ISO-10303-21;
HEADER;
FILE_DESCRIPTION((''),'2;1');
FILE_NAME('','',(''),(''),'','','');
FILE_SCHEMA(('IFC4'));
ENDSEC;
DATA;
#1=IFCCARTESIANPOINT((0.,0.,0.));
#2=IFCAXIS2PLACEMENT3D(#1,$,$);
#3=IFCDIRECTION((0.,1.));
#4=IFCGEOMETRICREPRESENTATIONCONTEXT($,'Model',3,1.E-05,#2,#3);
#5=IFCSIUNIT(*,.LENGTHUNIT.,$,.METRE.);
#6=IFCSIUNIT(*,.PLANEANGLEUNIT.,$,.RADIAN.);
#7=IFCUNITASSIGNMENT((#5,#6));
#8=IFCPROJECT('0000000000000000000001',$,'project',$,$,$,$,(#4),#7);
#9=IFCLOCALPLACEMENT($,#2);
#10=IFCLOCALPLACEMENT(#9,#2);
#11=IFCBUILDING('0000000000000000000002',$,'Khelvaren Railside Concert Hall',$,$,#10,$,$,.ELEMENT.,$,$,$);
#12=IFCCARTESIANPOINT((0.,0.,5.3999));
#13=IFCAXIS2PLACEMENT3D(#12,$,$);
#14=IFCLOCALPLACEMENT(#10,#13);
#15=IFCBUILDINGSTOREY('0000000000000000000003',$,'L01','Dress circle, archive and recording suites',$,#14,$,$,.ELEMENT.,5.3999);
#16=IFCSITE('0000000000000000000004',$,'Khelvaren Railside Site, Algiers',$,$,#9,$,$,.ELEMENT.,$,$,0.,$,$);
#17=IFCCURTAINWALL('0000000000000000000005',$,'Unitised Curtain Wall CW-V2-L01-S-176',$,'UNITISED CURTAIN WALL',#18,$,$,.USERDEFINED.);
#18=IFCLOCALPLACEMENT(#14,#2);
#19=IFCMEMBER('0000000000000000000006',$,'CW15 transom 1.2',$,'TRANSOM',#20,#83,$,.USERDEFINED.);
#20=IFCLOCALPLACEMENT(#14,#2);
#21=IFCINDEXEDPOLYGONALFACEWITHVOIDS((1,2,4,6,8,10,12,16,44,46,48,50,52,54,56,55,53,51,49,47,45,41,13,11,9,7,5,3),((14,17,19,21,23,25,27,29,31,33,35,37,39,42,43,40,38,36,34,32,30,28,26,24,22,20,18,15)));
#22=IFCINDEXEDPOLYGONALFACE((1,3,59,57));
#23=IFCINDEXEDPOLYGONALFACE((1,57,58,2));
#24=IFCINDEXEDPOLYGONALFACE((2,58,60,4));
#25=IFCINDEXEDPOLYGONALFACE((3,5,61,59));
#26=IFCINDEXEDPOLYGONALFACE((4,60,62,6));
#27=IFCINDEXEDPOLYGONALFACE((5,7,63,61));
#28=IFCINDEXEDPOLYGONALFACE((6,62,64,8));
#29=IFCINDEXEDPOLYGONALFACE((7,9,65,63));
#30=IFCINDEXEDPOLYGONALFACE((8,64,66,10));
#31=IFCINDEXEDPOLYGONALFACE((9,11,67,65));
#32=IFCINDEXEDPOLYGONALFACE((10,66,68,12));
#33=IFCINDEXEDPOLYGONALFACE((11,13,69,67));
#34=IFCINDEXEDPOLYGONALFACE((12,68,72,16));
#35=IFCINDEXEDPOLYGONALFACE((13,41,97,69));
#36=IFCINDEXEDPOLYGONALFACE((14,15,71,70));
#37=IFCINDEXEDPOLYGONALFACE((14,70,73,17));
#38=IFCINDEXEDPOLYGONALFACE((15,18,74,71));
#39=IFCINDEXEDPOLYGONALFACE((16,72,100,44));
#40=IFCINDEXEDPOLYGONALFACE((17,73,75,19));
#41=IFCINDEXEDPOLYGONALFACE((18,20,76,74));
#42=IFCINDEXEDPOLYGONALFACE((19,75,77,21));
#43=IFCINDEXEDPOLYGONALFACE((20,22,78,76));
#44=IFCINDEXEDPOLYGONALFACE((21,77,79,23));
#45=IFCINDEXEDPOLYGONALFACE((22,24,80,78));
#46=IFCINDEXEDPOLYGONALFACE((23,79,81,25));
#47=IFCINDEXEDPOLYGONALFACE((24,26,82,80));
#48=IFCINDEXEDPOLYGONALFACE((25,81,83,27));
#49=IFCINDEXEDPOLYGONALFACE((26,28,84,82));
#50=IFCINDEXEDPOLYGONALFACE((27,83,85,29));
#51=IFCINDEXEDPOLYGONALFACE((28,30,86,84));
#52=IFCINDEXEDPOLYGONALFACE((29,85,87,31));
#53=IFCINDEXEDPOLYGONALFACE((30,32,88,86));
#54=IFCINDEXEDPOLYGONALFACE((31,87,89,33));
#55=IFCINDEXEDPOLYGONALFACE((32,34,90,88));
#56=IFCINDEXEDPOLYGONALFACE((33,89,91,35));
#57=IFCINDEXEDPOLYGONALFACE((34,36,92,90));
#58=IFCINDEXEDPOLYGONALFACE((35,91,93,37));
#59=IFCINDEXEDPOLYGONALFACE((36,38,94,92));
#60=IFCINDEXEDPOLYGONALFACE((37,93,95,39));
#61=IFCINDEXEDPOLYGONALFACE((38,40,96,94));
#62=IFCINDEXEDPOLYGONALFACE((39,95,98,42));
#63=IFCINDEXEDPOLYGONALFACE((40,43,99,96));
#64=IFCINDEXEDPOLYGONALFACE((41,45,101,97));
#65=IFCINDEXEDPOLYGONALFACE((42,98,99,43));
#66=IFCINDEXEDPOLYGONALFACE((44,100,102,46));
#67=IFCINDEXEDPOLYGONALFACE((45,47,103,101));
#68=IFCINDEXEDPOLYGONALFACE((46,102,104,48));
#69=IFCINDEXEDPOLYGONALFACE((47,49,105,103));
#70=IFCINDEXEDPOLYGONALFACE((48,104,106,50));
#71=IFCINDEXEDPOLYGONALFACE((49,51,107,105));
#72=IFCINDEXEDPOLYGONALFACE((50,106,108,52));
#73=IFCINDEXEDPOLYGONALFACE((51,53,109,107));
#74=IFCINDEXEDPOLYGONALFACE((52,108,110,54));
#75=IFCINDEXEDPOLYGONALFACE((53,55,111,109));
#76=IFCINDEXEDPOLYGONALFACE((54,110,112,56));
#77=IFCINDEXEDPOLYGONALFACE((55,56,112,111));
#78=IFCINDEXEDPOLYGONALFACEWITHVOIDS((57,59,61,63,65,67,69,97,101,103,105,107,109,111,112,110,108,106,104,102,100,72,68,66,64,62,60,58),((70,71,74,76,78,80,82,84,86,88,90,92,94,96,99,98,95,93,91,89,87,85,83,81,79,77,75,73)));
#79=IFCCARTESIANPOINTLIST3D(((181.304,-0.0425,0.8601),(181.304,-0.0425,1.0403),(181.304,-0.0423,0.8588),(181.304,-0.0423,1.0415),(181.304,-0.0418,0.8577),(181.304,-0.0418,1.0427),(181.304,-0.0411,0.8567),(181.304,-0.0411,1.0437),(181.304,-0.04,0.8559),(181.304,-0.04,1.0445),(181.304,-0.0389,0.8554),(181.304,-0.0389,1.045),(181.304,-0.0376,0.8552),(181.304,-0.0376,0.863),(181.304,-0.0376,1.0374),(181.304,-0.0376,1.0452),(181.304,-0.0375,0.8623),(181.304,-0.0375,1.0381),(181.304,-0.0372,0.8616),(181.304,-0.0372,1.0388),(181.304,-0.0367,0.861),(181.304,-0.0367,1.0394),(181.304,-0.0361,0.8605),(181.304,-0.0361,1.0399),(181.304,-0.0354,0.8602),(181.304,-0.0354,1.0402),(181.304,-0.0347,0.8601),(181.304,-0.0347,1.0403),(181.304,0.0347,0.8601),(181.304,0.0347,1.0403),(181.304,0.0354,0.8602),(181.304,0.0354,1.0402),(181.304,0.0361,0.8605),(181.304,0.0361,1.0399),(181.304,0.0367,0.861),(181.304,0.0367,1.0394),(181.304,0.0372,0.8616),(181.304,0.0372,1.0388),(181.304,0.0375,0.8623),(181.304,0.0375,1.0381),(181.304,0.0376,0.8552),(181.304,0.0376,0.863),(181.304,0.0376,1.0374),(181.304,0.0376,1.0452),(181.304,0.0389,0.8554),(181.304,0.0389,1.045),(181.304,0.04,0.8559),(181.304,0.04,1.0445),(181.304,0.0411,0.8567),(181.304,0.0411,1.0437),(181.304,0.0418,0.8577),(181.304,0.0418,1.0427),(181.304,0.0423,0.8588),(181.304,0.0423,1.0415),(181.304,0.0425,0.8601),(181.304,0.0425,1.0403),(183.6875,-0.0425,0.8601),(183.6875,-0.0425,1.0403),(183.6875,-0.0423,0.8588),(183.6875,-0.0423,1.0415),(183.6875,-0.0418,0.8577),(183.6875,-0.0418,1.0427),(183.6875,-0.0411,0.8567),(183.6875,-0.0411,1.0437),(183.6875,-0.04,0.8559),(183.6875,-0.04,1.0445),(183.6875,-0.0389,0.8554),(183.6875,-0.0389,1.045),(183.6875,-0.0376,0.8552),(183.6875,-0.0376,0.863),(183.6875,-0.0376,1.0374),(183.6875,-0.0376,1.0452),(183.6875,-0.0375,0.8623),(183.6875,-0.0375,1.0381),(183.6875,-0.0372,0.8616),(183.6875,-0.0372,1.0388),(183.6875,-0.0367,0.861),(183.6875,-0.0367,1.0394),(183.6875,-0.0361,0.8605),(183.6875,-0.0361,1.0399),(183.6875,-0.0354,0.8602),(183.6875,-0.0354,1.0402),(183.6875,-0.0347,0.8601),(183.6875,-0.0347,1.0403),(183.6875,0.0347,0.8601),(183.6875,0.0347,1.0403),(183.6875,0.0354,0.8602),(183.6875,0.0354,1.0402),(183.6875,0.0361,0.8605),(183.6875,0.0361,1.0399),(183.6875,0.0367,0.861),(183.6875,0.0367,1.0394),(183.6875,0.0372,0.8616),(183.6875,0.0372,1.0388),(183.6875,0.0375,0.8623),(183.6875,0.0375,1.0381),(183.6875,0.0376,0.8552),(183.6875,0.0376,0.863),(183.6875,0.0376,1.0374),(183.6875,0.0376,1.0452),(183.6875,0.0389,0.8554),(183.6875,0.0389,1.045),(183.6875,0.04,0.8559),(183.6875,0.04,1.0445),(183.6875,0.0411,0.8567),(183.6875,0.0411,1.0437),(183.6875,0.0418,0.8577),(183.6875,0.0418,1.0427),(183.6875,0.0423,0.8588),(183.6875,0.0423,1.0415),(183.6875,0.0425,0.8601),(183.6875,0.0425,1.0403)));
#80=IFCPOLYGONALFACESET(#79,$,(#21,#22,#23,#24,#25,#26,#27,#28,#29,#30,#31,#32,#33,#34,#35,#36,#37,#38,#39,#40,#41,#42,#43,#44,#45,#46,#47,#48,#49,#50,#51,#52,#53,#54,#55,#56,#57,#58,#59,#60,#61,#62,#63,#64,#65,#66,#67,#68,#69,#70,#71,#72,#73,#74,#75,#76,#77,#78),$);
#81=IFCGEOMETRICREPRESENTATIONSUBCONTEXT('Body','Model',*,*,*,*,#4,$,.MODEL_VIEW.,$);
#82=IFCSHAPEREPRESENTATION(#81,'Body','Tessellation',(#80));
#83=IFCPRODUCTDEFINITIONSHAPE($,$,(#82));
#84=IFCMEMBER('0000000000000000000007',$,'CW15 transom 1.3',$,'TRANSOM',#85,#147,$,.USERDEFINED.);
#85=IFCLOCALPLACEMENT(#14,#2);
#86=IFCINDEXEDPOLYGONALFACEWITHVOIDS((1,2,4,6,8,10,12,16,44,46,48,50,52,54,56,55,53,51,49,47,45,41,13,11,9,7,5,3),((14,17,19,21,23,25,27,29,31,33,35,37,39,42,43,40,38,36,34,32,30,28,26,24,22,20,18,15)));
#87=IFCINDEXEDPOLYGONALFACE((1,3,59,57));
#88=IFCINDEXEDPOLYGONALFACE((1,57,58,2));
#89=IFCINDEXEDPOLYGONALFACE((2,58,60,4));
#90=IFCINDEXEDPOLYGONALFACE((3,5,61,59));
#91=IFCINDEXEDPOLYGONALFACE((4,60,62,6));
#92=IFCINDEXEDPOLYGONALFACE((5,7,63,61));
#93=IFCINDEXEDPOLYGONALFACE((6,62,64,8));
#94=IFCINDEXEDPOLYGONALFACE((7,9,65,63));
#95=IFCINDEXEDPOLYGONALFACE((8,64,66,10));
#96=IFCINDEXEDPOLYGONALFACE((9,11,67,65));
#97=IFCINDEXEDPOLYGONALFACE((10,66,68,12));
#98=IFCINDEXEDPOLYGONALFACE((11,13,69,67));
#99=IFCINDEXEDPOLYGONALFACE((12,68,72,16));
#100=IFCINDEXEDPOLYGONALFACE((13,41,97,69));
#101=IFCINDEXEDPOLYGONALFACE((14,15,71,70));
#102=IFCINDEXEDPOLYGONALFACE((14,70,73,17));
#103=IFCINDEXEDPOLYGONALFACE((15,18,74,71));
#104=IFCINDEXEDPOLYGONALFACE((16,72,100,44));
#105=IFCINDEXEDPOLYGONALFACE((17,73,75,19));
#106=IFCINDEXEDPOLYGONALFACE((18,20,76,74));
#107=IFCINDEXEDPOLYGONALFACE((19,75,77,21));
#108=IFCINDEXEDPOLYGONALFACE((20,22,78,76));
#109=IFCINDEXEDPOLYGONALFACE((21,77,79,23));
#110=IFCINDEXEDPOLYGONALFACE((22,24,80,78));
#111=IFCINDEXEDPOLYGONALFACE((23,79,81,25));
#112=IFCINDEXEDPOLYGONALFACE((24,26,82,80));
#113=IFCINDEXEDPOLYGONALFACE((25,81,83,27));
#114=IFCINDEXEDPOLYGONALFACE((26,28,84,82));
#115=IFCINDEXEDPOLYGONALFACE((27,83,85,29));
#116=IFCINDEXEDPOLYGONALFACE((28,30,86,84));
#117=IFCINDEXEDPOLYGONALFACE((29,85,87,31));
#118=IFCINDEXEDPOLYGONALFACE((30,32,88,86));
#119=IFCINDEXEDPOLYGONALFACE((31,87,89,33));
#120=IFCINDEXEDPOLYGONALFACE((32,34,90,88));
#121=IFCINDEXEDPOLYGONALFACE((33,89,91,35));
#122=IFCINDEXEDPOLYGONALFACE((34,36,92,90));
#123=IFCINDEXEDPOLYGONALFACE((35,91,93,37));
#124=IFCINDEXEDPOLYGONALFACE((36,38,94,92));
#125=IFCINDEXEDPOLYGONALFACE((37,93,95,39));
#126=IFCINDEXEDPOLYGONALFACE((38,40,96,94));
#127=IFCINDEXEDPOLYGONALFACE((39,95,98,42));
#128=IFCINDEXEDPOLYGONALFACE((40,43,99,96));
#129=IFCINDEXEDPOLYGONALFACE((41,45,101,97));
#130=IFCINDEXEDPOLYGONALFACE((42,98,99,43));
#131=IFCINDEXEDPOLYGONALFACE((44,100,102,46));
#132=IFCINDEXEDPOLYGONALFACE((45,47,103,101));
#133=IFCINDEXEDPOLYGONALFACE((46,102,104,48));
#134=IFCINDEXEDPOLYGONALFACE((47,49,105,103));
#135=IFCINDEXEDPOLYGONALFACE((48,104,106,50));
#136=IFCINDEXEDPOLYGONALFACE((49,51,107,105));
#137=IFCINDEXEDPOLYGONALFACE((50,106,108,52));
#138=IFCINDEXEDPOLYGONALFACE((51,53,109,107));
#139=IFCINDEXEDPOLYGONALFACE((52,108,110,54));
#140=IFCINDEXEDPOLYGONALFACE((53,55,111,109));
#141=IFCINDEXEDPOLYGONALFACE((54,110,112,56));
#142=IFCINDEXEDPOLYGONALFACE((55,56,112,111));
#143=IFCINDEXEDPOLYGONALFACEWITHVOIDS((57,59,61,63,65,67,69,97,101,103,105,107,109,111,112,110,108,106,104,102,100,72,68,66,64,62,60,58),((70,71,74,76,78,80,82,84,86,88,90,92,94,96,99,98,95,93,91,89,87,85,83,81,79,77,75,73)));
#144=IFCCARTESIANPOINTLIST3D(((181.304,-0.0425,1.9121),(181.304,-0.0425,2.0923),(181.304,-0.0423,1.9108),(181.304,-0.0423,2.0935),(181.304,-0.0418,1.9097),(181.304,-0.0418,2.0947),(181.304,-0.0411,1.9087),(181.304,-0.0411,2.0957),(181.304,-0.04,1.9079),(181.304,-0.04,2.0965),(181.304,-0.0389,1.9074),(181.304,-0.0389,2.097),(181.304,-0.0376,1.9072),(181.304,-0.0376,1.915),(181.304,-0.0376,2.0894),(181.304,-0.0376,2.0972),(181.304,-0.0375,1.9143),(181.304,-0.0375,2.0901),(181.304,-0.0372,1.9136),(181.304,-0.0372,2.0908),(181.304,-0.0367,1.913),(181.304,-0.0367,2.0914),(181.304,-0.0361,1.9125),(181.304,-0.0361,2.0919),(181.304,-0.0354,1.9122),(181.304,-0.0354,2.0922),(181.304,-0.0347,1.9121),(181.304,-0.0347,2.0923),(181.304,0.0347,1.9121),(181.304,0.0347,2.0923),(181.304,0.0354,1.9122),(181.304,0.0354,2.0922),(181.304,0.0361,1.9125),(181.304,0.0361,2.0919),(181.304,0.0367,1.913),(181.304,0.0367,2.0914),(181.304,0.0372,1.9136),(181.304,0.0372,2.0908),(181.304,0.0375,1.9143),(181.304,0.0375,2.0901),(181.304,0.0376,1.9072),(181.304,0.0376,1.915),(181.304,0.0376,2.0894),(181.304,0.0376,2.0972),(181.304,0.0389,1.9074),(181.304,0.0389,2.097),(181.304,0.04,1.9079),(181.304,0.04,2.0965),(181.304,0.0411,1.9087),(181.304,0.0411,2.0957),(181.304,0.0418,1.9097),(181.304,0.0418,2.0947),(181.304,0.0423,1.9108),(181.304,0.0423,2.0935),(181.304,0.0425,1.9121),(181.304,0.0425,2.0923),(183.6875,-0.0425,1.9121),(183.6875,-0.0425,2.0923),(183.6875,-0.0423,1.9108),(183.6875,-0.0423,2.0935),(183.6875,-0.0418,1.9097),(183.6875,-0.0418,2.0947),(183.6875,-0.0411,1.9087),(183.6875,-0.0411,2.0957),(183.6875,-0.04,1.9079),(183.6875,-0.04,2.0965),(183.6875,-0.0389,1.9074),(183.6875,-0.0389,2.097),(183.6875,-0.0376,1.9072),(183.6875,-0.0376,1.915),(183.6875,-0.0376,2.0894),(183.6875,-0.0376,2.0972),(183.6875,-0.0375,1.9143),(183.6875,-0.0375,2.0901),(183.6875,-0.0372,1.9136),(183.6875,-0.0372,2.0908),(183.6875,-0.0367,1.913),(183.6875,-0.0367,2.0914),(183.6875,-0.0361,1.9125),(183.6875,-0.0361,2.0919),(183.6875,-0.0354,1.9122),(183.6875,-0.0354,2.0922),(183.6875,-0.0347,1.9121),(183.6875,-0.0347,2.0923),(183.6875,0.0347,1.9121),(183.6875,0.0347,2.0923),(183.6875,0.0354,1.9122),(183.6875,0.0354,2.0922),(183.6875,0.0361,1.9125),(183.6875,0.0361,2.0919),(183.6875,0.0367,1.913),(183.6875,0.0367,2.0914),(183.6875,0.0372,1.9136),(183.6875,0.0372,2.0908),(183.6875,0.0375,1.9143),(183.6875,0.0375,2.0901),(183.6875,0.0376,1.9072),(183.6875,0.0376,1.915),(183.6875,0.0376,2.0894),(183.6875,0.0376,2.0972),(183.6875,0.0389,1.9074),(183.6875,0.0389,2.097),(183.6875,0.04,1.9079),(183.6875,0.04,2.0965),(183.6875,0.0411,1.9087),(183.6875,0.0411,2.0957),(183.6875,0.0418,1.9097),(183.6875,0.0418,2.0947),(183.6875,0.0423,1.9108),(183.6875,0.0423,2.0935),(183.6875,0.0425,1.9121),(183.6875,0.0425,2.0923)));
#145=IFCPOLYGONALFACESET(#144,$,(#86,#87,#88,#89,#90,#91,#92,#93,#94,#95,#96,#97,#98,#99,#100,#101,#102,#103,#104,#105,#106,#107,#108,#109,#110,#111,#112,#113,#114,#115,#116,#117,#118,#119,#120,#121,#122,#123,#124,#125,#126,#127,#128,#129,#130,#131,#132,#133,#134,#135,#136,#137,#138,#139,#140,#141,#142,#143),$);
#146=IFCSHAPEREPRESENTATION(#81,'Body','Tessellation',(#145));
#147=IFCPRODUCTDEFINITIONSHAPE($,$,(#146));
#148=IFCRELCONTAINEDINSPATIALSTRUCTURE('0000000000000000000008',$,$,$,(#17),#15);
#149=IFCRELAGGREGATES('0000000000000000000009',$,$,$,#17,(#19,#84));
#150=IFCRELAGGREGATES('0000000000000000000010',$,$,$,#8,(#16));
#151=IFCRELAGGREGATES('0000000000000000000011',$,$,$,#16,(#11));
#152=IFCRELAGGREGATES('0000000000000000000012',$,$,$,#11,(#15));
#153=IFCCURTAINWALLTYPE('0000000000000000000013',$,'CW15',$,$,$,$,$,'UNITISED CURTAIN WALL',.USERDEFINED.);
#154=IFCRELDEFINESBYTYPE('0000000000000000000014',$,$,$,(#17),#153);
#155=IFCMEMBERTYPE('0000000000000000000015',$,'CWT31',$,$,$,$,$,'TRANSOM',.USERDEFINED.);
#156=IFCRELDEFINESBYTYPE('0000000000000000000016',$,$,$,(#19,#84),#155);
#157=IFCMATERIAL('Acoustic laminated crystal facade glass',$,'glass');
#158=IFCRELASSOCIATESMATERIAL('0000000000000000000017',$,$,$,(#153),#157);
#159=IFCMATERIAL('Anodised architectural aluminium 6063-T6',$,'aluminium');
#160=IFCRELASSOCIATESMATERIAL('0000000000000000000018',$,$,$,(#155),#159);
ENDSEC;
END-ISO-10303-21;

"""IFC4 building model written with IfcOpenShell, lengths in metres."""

from ifc_helpers import new_model, si_unit, direction, frame, origin, origin_2d, place, context, subcontext, project, spatial, hollow_rectangle, extrude, material, material_profile, profile_set, type_object, element, aggregate, save


model = new_model("IFC4")

# Units and contexts
model_context = context("Model", 3, precision=1e-05, world=origin(), true_north=direction((0.0, 1.0)))
body_context = subcontext(model_context, "Body", "Model", "MODEL_VIEW")
ifc_project = project(units=[si_unit("LENGTHUNIT", "METRE"), si_unit("PLANEANGLEUNIT", "RADIAN")], contexts=[model_context])

# Site, building, storey
site_placement = place(None, origin())
site = spatial("IfcSite", under=ifc_project, at=site_placement, Name="Khelvaren Railside Site, Algiers", CompositionType="ELEMENT", RefElevation=0.0)
building_placement = place(site_placement, origin())
building = spatial("IfcBuilding", under=site, at=building_placement, Name="Khelvaren Railside Concert Hall", CompositionType="ELEMENT")
storey_placement = place(building_placement, frame((0.0, 0.0, 5.3999)))
storey = spatial("IfcBuildingStorey", under=building, at=storey_placement, Name="L01", Description="Dress circle, archive and recording suites", CompositionType="ELEMENT", Elevation=5.3999)

# Curtain wall, members
ifc_material_1 = material(Name="Acoustic laminated crystal facade glass", Category="glass")
curtain_wall_type = type_object("IfcCurtainWallType", Name="CW15", ElementType="UNITISED CURTAIN WALL", PredefinedType="USERDEFINED", material=ifc_material_1)
curtain_wall_placement = place(storey_placement, origin())
curtain_wall = element("IfcCurtainWall", 1, at=curtain_wall_placement, inside=storey, type_object=curtain_wall_type, Name="Unitised Curtain Wall CW-V2-L01-S-176", ObjectType="UNITISED CURTAIN WALL", PredefinedType="USERDEFINED")
ifc_material_2 = material(Name="Anodised architectural aluminium 6063-T6", Category="aluminium")
ifc_material_profile_1 = material_profile(ifc_material_2, hollow_rectangle(XDim=0.085, YDim=0.1899, WallThickness=0.0049, InnerFilletRadius=0.0029, OuterFilletRadius=0.0049, at=origin_2d()), Name="CWT 85x190x5")
ifc_profile_set_1 = profile_set([ifc_material_profile_1], Name="Anodised architectural aluminium 6063-T6")
member_type_1 = type_object("IfcMemberType", Name="CWT31", ElementType="TRANSOM", PredefinedType="USERDEFINED", material=ifc_profile_set_1)
member_1_placement = place(storey_placement, frame((183.6875, 0.0, 0.9502), z_axis=(-1.0, 0.0, 0.0), x_axis=(0.0, -1.0, 0.0)))
member_1 = element("IfcMember", 2, at=member_1_placement, type_object=member_type_1, Name="CW15 transom 1.2", ObjectType="TRANSOM", PredefinedType="USERDEFINED", context=body_context, shape_type="SweptSolid", body=[
    extrude(hollow_rectangle(XDim=0.085, YDim=0.1899, WallThickness=0.0049, InnerFilletRadius=0.0029, OuterFilletRadius=0.0049, at=origin_2d()), origin(), (0.0, 0.0, 1.0), 2.3835),
])
member_2_placement = place(storey_placement, frame((183.6875, 0.0, 2.0022), z_axis=(-1.0, 0.0, 0.0), x_axis=(0.0, -1.0, 0.0)))
member_2 = element("IfcMember", 3, at=member_2_placement, type_object=member_type_1, Name="CW15 transom 1.3", ObjectType="TRANSOM", PredefinedType="USERDEFINED", context=body_context, shape_type="SweptSolid", body=[
    extrude(hollow_rectangle(XDim=0.085, YDim=0.1899, WallThickness=0.0049, InnerFilletRadius=0.0029, OuterFilletRadius=0.0049, at=origin_2d()), origin(), (0.0, 0.0, 1.0), 2.3835),
])

aggregate(curtain_wall, [member_1, member_2])

save(model, "model.ifc")
